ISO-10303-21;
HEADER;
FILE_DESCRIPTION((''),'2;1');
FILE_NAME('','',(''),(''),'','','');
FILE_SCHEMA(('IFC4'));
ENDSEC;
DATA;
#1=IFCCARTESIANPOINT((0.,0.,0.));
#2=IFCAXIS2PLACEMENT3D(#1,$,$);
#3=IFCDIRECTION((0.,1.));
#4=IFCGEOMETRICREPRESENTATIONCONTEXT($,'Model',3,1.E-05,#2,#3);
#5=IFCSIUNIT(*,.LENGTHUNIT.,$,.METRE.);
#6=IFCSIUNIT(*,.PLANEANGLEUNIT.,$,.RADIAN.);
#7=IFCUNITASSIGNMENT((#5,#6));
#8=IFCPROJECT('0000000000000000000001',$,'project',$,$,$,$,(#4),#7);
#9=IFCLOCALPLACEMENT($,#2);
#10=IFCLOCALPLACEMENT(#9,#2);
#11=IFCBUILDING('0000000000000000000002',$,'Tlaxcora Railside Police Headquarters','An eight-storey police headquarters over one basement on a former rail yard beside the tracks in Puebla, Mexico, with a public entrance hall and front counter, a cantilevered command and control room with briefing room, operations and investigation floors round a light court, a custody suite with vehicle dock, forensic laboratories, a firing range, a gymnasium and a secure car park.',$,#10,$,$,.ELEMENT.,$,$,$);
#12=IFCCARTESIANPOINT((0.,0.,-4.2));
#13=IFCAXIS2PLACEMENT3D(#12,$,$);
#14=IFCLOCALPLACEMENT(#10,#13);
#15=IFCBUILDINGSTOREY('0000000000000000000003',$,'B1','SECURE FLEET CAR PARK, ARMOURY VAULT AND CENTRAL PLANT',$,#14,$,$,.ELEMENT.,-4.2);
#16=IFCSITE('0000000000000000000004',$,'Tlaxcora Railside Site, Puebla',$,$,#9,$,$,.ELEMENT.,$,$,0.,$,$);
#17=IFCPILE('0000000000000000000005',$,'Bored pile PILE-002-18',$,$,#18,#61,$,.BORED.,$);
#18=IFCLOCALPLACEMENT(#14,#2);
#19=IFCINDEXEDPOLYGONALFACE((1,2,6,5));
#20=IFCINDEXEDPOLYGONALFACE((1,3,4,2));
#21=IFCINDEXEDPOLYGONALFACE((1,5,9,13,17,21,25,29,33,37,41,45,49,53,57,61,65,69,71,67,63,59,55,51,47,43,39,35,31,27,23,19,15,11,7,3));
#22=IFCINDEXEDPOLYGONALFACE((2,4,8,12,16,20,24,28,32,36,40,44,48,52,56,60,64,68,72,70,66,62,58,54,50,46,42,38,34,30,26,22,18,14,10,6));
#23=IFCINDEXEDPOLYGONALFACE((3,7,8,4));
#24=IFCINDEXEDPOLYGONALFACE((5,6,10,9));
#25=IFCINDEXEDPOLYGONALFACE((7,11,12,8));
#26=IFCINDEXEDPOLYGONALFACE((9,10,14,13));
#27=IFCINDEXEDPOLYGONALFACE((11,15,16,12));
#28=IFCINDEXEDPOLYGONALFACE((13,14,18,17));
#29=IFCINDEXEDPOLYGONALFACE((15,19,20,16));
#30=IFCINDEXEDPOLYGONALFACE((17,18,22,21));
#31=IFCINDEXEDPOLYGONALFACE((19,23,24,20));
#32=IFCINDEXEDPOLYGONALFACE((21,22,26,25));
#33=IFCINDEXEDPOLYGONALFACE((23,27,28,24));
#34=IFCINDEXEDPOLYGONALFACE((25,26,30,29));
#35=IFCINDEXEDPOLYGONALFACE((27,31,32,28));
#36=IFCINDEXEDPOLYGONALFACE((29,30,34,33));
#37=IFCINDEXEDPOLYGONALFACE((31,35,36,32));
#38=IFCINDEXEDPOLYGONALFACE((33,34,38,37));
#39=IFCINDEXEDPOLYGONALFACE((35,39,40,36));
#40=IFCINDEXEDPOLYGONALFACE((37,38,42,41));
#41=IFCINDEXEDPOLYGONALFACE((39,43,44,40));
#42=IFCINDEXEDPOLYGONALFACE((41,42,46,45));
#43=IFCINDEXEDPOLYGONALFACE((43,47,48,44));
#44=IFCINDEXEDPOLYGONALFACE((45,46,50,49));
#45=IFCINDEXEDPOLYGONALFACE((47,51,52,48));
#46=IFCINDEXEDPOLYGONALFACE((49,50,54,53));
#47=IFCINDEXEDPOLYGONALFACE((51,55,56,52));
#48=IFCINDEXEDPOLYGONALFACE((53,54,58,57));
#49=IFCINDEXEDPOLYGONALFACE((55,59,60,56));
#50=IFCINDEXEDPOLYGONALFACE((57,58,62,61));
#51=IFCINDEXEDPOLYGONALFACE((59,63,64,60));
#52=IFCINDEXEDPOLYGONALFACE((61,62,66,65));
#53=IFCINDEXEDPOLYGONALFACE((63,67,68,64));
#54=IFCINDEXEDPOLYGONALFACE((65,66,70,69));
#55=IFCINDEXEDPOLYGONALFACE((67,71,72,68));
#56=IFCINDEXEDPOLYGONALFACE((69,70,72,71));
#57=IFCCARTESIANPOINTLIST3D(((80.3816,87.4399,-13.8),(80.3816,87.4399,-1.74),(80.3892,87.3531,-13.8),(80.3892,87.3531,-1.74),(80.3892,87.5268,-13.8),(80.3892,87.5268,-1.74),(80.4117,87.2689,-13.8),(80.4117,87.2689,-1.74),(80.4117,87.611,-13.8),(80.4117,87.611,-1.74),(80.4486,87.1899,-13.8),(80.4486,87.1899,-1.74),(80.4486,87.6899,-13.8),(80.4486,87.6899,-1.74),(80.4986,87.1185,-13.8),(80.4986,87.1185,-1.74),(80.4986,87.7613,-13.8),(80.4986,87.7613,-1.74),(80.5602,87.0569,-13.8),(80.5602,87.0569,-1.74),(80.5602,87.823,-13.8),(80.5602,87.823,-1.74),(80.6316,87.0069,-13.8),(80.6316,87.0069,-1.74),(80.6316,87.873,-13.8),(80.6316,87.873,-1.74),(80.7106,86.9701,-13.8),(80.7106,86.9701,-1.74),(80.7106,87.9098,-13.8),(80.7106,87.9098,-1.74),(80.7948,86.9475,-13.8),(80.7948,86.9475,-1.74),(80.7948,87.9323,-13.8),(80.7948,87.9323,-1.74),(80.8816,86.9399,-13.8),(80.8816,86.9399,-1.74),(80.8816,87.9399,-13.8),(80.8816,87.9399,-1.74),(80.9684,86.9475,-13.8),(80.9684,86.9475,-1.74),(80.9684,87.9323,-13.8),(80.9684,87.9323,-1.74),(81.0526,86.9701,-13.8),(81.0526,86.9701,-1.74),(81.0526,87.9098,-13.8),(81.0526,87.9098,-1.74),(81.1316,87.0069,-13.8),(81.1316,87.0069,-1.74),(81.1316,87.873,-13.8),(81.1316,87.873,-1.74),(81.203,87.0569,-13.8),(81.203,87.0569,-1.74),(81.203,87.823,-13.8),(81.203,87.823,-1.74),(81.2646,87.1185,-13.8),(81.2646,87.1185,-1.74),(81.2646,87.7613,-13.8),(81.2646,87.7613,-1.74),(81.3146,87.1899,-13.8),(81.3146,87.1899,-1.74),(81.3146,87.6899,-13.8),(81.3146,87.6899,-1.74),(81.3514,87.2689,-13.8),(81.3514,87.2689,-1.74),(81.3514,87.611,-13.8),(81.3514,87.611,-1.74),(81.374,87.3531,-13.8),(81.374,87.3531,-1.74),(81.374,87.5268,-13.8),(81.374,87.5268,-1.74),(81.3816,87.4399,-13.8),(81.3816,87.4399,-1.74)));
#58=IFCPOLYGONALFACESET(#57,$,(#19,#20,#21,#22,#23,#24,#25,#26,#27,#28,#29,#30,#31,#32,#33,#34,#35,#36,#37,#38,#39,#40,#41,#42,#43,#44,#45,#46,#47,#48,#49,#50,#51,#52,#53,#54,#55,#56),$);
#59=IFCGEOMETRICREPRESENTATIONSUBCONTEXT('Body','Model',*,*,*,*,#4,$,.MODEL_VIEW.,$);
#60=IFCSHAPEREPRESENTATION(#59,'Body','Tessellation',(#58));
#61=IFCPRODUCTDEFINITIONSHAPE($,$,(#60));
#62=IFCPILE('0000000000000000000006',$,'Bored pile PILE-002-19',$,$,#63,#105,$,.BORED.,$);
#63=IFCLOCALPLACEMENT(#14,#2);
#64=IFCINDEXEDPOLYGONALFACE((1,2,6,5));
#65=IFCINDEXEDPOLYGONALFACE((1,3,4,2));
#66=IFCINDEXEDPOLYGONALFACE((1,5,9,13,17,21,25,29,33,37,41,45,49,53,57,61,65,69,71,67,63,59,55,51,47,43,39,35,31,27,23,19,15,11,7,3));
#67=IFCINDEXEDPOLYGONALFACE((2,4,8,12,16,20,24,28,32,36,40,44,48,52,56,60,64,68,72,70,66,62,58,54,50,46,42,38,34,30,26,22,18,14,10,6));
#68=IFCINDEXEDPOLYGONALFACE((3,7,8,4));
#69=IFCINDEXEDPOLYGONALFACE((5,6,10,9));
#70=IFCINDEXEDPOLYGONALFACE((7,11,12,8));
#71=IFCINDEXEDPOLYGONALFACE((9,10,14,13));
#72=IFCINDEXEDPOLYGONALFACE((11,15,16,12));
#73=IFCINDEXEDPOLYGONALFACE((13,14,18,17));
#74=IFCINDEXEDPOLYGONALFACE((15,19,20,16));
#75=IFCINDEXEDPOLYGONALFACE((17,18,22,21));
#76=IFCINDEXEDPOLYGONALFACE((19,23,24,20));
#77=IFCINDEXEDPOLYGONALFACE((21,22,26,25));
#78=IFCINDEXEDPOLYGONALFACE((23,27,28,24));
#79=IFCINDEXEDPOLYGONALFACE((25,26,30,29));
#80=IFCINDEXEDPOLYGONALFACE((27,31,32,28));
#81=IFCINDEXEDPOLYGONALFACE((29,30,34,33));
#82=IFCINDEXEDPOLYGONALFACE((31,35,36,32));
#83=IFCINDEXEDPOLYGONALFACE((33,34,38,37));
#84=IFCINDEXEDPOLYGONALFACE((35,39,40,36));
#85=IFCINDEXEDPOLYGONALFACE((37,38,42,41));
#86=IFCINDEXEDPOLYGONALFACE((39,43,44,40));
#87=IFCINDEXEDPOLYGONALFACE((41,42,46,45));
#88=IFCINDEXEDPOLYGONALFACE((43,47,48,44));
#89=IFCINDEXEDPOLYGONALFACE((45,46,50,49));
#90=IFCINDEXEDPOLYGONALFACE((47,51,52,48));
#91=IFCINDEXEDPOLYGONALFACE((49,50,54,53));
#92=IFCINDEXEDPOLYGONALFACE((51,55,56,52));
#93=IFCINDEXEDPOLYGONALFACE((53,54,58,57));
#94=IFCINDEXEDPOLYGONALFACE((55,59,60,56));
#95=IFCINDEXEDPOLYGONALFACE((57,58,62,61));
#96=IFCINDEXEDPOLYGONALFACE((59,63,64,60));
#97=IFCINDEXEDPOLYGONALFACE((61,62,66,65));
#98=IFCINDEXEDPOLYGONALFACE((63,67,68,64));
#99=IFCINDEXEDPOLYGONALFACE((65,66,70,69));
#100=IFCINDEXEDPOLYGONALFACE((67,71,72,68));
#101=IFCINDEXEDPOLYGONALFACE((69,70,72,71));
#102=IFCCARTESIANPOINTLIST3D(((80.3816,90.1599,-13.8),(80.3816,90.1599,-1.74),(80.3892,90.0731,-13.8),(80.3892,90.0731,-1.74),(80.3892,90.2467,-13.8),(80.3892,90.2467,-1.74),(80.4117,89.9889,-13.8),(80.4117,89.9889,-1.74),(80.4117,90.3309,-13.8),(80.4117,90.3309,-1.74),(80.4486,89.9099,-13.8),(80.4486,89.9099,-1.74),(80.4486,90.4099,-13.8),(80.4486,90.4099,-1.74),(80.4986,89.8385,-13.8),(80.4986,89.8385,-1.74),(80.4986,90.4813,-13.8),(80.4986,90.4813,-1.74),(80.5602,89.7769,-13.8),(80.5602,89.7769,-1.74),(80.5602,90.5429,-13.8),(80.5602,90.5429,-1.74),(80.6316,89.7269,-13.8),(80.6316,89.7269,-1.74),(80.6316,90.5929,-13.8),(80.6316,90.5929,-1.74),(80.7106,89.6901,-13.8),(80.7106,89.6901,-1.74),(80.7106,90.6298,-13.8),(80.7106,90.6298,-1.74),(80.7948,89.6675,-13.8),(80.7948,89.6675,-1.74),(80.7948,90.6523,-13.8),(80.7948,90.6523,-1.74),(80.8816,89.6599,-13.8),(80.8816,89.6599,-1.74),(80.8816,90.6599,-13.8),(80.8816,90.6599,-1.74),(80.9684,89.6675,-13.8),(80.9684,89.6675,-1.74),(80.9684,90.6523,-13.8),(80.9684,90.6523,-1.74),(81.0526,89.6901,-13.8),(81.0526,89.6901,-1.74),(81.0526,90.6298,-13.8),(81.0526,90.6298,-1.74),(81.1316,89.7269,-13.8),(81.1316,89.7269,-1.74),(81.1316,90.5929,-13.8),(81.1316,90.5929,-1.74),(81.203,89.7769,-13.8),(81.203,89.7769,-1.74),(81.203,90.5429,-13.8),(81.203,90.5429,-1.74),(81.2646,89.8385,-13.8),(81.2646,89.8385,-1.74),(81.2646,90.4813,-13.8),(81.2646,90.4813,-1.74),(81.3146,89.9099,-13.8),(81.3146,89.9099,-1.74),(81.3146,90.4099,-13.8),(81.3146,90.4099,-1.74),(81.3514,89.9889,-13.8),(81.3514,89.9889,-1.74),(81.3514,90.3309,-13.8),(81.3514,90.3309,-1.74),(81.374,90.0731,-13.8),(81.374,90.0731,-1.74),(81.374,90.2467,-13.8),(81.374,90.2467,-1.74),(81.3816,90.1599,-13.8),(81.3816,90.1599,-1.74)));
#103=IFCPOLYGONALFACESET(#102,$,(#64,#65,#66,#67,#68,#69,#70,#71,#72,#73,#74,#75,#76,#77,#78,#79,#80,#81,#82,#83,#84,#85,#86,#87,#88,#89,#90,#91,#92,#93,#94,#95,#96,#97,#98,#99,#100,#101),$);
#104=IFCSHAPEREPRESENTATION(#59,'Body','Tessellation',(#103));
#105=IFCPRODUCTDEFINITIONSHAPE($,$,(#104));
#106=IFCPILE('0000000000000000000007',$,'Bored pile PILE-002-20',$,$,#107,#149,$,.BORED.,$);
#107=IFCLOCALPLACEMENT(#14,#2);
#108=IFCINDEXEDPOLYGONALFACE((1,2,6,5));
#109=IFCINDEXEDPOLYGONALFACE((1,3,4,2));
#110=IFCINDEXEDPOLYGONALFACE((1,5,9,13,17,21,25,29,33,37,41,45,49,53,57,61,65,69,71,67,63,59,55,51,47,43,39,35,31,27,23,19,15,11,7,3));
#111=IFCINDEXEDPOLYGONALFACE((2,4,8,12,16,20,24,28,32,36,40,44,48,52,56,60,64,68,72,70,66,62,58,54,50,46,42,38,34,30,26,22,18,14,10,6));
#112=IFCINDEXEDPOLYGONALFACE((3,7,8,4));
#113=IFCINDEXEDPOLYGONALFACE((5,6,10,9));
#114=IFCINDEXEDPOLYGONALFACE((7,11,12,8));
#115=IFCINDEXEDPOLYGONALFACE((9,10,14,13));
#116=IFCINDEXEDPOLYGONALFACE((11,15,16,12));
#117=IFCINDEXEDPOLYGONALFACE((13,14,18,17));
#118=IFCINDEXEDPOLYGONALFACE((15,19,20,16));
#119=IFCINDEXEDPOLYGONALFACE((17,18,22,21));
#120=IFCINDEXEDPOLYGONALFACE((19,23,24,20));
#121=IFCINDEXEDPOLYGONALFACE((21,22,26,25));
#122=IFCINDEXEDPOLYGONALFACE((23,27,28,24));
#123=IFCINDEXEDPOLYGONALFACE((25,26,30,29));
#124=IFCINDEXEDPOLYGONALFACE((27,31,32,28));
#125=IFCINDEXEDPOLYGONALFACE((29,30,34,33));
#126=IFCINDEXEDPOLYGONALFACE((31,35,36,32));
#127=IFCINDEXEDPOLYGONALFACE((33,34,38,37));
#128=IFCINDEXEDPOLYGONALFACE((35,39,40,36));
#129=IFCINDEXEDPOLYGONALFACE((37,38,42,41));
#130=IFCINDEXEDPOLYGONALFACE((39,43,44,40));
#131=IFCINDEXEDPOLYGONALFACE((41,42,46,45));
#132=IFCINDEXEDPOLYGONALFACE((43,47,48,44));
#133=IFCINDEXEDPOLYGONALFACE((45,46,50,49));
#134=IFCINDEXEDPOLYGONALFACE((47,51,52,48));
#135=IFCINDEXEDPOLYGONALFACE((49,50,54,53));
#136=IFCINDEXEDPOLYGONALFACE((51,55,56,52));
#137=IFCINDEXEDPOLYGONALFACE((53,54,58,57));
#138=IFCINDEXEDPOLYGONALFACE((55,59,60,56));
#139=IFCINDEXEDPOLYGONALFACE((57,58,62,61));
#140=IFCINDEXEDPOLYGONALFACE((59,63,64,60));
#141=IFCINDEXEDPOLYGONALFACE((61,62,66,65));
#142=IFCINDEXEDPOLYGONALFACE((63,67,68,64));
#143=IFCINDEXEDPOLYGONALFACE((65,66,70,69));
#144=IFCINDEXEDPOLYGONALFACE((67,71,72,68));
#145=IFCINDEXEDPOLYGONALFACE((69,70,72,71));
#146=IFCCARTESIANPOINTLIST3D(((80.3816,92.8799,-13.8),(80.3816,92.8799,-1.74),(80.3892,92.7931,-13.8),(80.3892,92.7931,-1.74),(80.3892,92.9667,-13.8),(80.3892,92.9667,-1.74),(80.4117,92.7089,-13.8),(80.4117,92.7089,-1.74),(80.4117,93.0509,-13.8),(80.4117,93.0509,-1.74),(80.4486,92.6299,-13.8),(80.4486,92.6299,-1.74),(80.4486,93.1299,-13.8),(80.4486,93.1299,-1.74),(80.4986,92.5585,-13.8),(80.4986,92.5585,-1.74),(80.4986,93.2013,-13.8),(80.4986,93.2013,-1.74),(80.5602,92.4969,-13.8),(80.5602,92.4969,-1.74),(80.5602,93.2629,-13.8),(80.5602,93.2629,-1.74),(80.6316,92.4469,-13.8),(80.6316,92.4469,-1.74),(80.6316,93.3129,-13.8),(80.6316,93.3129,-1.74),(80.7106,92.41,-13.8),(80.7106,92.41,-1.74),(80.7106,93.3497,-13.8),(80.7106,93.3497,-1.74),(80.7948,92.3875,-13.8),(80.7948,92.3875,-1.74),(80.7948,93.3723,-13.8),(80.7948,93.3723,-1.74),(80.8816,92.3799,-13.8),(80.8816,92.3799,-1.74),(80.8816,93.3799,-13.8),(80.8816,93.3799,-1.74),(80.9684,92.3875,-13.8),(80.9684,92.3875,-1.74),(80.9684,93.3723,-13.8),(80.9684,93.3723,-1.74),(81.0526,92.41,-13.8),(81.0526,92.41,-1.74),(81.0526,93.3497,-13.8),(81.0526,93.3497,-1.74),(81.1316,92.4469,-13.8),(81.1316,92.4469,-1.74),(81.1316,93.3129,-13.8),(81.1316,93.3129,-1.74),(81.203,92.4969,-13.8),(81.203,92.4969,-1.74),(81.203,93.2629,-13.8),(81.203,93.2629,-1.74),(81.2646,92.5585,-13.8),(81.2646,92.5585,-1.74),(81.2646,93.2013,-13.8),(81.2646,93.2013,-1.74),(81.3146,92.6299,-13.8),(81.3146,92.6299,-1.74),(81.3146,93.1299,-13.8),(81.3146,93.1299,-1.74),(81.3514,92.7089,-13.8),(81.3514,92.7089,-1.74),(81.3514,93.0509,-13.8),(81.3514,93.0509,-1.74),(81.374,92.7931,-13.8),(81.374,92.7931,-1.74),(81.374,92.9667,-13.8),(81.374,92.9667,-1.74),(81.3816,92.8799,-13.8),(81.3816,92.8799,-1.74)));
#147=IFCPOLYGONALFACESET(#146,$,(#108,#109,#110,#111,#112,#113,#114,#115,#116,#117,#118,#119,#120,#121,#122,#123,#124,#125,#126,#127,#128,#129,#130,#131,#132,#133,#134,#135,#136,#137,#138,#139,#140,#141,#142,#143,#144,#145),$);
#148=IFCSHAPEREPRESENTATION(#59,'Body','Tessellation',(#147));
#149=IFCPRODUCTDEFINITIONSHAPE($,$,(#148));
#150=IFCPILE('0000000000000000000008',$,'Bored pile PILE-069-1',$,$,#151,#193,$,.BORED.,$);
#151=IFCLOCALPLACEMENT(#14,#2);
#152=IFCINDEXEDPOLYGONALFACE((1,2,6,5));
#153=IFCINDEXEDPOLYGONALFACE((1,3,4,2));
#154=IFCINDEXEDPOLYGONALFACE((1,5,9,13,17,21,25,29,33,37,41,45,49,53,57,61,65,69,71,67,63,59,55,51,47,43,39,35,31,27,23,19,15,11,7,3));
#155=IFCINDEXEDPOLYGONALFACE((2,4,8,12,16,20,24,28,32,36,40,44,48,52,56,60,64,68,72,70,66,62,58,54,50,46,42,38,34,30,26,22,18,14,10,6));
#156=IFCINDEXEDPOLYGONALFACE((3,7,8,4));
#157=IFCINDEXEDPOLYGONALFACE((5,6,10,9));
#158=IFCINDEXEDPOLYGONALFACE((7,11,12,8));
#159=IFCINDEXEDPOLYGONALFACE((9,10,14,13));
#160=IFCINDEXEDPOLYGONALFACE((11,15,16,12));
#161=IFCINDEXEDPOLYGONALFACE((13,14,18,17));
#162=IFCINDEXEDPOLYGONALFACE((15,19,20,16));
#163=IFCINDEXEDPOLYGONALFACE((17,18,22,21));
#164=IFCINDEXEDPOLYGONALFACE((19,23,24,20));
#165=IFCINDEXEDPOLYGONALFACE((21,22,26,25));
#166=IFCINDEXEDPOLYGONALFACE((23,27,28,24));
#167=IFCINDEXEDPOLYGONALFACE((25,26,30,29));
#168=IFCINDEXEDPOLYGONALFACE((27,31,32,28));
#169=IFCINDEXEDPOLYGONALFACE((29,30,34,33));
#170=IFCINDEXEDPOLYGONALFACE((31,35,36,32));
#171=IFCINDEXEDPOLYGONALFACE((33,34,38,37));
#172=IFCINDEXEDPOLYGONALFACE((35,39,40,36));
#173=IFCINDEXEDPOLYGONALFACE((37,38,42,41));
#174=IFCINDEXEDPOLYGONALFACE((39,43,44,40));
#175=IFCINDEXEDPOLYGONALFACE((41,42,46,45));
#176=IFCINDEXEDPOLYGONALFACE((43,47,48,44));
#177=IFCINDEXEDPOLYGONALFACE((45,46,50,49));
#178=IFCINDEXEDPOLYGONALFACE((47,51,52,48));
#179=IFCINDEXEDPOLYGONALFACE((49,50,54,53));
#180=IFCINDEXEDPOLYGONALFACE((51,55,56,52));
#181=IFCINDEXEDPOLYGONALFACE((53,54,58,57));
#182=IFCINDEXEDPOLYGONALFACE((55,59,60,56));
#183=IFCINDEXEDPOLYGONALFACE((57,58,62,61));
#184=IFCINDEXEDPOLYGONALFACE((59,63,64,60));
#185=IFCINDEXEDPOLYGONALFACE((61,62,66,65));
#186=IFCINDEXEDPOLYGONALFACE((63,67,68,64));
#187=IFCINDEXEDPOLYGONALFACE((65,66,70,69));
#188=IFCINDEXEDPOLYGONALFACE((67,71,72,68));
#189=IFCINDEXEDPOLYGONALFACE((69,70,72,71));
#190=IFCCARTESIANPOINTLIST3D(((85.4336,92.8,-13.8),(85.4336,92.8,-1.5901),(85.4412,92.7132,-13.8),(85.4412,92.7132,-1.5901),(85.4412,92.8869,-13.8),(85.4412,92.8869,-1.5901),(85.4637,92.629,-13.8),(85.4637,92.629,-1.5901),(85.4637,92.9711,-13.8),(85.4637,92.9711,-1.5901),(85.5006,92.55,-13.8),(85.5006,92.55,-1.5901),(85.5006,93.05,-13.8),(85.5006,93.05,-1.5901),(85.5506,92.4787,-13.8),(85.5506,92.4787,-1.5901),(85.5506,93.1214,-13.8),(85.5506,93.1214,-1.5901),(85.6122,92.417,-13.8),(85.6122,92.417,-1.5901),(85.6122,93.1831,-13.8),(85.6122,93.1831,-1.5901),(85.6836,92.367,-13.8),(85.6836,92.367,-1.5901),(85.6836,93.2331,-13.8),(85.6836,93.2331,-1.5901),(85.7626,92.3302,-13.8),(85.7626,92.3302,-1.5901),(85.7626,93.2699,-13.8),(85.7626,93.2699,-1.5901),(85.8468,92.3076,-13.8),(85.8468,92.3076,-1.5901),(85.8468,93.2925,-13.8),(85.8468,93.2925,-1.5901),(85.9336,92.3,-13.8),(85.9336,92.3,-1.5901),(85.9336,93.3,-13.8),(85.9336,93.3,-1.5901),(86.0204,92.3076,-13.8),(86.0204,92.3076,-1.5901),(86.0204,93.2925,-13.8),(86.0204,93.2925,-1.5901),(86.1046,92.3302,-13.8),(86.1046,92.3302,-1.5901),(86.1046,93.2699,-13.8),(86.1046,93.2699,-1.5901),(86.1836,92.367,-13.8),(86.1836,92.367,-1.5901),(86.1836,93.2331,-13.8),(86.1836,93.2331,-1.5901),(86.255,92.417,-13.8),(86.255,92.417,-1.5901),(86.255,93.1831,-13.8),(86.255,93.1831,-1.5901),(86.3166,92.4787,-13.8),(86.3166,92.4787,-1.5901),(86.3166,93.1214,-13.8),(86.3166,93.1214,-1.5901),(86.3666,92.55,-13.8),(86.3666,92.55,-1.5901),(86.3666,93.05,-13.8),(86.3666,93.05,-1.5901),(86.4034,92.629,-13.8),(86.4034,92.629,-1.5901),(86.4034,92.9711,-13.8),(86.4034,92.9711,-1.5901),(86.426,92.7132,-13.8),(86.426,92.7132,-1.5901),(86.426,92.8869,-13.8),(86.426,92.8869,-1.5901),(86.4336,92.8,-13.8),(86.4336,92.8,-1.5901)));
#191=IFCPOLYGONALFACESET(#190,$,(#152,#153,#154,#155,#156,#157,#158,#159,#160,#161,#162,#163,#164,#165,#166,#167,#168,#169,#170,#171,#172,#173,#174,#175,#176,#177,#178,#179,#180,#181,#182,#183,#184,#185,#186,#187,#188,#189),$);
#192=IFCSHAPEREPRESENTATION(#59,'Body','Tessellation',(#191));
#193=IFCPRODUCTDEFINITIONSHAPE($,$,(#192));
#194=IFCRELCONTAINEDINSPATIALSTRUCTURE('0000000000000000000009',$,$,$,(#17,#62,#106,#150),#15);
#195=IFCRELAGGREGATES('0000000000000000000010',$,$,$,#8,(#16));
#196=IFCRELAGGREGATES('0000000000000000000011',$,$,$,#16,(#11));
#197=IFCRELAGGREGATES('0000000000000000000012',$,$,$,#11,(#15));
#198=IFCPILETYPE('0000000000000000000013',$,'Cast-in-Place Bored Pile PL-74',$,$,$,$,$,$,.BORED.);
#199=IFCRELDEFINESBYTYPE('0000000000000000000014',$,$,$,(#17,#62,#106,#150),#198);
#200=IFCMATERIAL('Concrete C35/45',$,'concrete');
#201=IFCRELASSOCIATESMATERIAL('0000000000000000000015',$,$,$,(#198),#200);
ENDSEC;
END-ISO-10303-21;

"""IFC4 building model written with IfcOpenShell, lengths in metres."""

from ifc_helpers import new_model, si_unit, direction, frame, origin, origin_2d, place, context, subcontext, project, spatial, circle, extrude, material, material_profile, profile_set, type_object, element, save


model = new_model("IFC4")

# Units and contexts
model_context = context("Model", 3, precision=1e-05, world=origin(), true_north=direction((0.0, 1.0)))
body_context = subcontext(model_context, "Body", "Model", "MODEL_VIEW")
ifc_project = project(units=[si_unit("LENGTHUNIT", "METRE"), si_unit("PLANEANGLEUNIT", "RADIAN")], contexts=[model_context])

# Site, building, storey
site_placement = place(None, origin())
site = spatial("IfcSite", under=ifc_project, at=site_placement, Name="Tlaxcora Railside Site, Puebla", CompositionType="ELEMENT", RefElevation=0.0)
building_placement = place(site_placement, origin())
building = spatial("IfcBuilding", under=site, at=building_placement, Name="Tlaxcora Railside Police Headquarters", Description="An eight-storey police headquarters over one basement on a former rail yard beside the tracks in Puebla, Mexico, with a public entrance hall and front counter, a cantilevered command and control room with briefing room, operations and investigation floors round a light court, a custody suite with vehicle dock, forensic laboratories, a firing range, a gymnasium and a secure car park.", CompositionType="ELEMENT")
storey_placement = place(building_placement, frame((0.0, 0.0, -4.2)))
storey = spatial("IfcBuildingStorey", under=building, at=storey_placement, Name="B1", Description="SECURE FLEET CAR PARK, ARMOURY VAULT AND CENTRAL PLANT", CompositionType="ELEMENT", Elevation=-4.2)

# Piles
ifc_material_1 = material(Name="Concrete C35/45", Category="concrete")
ifc_material_profile_1 = material_profile(ifc_material_1, circle(Radius=0.5, at=origin_2d()), Name="PILE1000")
ifc_profile_set_1 = profile_set([ifc_material_profile_1], Name="Concrete C35/45")
pile_type_1 = type_object("IfcPileType", Name="Cast-in-Place Bored Pile PL-74", PredefinedType="BORED", material=ifc_profile_set_1)
for number, where, z_axis, x_axis, name in (
    (1, (80.8816, 87.4399, -1.74), (0.0, 0.0, -1.0), (1.0, 0.0, 0.0), "Bored pile PILE-002-18"),
    (2, (80.8816, 90.1599, -1.74), (0.0, 0.0, -1.0), (1.0, 0.0, 0.0), "Bored pile PILE-002-19"),
    (3, (80.8816, 92.8799, -1.74), (0.0, 0.0, -1.0), (1.0, 0.0, 0.0), "Bored pile PILE-002-20"),
):
    element("IfcPile", number, at=place(storey_placement, frame(where, z_axis=z_axis, x_axis=x_axis)), inside=storey, type_object=pile_type_1, Name=name, PredefinedType="BORED", context=body_context, shape_type="SweptSolid", body=[
        extrude(circle(Radius=0.5, at=origin_2d()), origin(), (0.0, 0.0, 1.0), 12.0601),
    ])
for number, where, z_axis, x_axis, name in (
    (4, (85.9336, 92.8, -1.5901), (0.0, 0.0, -1.0), (1.0, 0.0, 0.0), "Bored pile PILE-069-1"),
):
    element("IfcPile", number, at=place(storey_placement, frame(where, z_axis=z_axis, x_axis=x_axis)), inside=storey, type_object=pile_type_1, Name=name, PredefinedType="BORED", context=body_context, shape_type="SweptSolid", body=[
        extrude(circle(Radius=0.5, at=origin_2d()), origin(), (0.0, 0.0, 1.0), 12.21),
    ])

save(model, "model.ifc")
